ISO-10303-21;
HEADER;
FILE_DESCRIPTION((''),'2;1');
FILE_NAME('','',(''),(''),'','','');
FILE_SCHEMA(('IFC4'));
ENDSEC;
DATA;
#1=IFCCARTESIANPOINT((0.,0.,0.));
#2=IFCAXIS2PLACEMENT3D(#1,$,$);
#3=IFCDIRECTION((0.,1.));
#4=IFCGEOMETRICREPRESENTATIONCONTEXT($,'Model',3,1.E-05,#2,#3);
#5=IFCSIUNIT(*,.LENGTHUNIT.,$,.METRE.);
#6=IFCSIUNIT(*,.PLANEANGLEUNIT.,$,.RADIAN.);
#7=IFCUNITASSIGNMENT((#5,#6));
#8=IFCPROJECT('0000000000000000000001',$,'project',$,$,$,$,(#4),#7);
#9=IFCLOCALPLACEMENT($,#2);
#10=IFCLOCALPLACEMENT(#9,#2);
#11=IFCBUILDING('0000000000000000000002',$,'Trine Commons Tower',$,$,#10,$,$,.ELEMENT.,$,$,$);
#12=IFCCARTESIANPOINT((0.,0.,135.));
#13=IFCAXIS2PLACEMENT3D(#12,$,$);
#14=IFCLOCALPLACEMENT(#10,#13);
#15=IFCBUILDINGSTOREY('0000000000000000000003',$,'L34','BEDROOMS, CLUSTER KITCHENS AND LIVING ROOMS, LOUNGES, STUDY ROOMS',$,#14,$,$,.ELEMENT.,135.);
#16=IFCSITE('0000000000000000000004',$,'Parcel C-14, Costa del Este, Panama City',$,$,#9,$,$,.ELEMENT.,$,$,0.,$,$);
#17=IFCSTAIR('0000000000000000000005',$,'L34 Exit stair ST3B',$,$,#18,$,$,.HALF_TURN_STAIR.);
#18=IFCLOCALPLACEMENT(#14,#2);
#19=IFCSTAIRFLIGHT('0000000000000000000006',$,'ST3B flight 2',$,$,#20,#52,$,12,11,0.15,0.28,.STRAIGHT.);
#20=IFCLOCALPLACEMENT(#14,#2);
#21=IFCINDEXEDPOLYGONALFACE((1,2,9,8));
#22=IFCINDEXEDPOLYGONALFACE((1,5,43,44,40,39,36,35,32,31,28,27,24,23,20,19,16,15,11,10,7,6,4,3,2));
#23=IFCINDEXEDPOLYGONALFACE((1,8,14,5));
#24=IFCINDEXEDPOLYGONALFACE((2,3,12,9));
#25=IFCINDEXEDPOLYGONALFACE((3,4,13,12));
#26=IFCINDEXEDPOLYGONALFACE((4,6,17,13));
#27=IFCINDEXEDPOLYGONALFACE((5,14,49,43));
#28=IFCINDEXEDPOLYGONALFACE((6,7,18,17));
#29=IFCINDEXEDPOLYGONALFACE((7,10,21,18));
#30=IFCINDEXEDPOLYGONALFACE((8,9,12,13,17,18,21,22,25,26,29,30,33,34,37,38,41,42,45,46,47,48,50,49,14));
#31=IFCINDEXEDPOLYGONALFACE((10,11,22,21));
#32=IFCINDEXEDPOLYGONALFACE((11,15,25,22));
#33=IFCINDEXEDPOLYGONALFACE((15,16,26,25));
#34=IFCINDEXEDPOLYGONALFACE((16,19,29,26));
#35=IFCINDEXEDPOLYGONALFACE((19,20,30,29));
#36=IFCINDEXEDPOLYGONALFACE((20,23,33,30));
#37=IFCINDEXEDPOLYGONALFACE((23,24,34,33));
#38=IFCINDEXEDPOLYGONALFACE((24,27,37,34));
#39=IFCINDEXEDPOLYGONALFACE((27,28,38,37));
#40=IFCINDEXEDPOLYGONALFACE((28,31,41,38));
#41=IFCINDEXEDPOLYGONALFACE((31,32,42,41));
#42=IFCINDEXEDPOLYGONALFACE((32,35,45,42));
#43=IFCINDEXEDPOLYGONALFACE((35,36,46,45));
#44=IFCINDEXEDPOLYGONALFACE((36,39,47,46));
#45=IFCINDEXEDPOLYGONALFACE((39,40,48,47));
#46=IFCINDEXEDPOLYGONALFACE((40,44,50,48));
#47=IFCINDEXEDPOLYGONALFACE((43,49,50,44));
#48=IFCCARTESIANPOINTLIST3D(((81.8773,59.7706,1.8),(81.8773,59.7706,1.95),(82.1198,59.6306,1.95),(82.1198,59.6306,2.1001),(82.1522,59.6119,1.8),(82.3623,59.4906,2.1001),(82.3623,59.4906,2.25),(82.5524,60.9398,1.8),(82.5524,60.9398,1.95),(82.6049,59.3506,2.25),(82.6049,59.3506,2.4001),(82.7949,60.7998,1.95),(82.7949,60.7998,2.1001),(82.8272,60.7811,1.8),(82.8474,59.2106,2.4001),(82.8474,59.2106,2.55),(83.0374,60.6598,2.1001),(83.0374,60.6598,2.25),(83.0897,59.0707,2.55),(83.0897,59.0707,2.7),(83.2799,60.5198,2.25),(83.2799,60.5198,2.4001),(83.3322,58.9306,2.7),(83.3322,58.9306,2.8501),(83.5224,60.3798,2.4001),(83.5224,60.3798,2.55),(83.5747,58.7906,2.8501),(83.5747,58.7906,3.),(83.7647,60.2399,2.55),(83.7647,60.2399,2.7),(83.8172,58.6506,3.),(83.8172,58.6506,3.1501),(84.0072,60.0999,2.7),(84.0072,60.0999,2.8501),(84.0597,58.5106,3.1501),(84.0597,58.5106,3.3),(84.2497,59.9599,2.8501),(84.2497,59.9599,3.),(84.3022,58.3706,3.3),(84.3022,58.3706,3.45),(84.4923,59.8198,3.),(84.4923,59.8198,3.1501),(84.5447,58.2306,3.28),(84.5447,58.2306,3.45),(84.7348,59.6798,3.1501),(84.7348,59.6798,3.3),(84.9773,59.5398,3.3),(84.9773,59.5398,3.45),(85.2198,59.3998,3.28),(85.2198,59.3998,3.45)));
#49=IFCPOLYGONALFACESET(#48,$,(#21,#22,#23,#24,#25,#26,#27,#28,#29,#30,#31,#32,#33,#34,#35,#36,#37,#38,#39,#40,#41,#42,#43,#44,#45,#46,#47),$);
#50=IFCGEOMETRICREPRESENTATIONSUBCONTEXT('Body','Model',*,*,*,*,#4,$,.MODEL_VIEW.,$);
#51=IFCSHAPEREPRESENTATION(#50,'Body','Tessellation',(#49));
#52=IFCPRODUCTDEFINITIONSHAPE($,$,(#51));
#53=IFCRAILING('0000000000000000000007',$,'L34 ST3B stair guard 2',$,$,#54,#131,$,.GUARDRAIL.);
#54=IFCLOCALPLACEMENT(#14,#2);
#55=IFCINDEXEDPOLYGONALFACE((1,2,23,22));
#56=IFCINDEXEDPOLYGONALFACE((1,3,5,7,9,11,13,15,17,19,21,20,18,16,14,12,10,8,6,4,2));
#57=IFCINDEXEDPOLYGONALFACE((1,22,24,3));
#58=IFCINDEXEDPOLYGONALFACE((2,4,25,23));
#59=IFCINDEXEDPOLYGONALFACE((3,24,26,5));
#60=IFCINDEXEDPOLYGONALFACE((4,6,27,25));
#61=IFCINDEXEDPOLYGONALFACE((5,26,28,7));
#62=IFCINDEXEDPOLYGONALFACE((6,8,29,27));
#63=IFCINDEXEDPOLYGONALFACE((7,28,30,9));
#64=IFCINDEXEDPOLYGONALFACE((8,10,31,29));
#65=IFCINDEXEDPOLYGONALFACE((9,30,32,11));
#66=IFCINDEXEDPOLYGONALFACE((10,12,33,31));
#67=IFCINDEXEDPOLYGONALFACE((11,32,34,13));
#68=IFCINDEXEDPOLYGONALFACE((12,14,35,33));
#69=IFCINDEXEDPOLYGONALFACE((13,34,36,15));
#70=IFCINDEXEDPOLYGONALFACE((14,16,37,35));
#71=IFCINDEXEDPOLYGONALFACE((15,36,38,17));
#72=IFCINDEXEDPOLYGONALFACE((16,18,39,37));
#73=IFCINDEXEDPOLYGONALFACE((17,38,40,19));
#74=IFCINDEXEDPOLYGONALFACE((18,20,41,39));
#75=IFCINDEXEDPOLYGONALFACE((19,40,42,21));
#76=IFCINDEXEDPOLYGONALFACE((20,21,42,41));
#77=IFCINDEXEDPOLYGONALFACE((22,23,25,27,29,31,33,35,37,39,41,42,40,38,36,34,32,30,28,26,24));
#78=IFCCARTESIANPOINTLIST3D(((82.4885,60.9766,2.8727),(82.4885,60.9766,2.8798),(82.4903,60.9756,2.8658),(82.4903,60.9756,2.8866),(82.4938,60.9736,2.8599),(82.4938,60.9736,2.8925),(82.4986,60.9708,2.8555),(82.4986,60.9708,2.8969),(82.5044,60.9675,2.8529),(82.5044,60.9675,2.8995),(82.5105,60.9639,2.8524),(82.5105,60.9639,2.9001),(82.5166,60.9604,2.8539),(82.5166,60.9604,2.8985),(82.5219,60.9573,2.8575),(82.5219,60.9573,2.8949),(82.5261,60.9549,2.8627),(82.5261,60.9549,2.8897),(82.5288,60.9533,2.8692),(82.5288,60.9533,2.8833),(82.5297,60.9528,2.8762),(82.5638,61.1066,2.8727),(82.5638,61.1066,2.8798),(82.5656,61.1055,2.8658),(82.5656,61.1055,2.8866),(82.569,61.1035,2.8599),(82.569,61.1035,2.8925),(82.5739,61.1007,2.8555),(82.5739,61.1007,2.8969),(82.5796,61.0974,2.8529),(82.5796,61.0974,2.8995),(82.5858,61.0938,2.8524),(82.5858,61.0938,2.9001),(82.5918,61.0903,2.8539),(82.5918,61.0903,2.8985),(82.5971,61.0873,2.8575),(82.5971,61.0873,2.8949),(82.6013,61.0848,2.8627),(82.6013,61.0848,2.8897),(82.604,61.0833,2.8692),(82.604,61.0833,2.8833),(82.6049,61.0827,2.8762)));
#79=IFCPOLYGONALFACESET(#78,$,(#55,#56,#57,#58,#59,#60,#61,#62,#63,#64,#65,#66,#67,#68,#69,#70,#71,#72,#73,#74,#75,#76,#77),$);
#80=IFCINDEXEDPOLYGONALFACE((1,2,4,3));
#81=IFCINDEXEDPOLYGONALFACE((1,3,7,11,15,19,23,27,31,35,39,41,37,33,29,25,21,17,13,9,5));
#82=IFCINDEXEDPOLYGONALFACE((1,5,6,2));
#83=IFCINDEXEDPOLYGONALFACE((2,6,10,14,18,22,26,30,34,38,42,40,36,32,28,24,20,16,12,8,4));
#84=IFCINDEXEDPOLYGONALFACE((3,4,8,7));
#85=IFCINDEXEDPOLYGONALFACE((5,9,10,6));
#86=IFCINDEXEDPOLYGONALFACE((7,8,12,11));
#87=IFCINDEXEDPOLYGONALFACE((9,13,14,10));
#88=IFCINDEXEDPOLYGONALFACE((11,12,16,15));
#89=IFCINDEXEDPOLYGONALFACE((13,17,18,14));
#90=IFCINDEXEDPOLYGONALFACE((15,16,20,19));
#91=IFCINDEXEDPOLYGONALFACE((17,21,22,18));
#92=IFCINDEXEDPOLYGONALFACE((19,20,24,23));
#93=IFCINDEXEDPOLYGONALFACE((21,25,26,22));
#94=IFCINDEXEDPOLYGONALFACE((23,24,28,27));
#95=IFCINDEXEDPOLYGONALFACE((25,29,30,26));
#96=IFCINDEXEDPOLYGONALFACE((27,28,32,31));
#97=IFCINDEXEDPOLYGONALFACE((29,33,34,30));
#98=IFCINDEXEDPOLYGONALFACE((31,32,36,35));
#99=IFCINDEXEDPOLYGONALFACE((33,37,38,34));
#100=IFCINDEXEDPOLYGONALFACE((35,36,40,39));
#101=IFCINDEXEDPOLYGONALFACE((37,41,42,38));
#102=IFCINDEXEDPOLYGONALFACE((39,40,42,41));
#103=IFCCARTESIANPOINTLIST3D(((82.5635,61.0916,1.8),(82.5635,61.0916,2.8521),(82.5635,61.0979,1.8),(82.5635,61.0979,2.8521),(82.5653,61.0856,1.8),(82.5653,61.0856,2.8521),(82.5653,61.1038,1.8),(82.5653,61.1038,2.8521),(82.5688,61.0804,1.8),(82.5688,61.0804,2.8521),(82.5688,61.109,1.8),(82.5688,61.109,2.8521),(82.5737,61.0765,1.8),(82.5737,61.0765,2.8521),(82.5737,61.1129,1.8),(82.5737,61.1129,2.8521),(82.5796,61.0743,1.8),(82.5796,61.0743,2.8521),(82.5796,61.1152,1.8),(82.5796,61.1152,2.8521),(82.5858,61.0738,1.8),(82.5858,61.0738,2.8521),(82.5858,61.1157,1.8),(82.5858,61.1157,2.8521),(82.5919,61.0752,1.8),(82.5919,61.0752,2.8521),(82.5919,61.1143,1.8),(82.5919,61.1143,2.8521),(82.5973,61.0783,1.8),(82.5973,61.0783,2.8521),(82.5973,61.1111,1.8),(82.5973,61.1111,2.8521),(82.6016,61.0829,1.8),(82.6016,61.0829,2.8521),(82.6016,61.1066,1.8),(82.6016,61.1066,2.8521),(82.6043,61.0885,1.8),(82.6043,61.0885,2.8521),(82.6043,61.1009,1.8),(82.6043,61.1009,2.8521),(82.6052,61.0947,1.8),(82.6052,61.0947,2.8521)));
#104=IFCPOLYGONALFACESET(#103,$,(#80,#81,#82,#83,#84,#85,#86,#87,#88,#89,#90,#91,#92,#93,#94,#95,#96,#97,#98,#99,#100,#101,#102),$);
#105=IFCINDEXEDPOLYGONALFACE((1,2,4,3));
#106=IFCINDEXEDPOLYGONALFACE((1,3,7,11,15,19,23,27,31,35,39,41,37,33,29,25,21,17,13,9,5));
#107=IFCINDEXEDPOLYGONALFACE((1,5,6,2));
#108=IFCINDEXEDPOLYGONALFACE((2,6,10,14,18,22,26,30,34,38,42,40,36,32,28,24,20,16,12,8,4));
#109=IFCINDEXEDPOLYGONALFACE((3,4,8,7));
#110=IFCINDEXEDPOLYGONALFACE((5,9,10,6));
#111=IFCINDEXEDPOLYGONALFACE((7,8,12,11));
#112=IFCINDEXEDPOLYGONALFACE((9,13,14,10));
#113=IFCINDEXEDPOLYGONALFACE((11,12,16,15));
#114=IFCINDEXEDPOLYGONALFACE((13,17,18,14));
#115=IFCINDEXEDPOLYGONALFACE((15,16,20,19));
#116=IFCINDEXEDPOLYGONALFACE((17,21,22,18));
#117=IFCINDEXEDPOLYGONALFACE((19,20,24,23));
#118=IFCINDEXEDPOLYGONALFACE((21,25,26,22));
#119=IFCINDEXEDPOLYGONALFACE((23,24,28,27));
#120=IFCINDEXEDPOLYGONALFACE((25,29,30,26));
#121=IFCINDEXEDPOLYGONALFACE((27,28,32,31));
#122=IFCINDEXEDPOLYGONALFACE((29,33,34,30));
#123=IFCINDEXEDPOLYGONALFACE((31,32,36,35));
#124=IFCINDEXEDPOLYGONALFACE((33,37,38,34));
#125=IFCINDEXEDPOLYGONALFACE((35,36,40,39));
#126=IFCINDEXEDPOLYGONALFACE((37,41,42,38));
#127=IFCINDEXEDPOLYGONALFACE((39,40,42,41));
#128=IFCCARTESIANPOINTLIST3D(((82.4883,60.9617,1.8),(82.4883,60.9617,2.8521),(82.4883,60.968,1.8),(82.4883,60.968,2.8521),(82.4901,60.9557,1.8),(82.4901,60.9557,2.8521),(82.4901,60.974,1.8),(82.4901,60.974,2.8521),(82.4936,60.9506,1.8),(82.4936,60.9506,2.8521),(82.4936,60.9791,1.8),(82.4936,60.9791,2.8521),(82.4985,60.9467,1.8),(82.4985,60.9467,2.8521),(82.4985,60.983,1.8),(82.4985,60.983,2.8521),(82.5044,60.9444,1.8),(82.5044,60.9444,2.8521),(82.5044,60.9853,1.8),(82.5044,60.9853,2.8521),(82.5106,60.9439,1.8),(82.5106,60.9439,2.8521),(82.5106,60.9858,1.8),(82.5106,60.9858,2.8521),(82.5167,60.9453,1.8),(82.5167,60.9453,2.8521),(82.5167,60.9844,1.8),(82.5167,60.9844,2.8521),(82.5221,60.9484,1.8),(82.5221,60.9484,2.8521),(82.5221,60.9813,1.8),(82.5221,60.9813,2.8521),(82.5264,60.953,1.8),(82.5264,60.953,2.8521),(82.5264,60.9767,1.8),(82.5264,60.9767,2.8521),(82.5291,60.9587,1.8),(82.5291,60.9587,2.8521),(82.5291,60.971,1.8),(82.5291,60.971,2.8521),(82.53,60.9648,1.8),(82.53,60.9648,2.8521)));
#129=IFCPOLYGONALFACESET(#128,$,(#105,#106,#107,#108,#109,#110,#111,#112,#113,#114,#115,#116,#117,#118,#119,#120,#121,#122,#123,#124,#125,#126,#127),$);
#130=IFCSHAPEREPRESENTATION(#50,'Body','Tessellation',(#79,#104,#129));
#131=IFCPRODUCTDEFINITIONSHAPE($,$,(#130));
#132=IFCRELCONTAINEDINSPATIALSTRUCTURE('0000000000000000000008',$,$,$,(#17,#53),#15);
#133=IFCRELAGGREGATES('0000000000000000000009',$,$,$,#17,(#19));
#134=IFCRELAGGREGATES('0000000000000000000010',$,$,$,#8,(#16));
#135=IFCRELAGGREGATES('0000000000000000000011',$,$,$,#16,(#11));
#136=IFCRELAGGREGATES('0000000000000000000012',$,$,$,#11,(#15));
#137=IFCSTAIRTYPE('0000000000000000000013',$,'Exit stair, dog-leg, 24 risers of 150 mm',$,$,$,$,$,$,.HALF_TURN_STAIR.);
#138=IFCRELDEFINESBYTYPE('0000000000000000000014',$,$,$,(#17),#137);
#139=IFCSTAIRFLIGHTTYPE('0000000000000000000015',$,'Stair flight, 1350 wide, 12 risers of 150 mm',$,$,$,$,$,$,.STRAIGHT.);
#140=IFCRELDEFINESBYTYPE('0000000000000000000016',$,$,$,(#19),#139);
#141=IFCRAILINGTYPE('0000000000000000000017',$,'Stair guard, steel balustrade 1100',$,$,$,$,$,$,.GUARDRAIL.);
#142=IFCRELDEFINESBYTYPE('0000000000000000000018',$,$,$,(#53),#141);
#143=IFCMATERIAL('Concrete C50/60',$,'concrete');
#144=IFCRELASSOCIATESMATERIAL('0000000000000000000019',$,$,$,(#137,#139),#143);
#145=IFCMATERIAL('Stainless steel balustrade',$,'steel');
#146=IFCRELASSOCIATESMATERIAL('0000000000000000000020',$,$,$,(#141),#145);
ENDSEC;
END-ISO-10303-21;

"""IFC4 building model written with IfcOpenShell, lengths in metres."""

from ifc_helpers import new_model, si_unit, direction, frame, origin, origin_2d, place, context, subcontext, project, spatial, polyline, circle, outline, extrude, material, type_object, element, aggregate, save


model = new_model("IFC4")

# Units and contexts
model_context = context("Model", 3, precision=1e-05, world=origin(), true_north=direction((0.0, 1.0)))
body_context = subcontext(model_context, "Body", "Model", "MODEL_VIEW")
ifc_project = project(units=[si_unit("LENGTHUNIT", "METRE"), si_unit("PLANEANGLEUNIT", "RADIAN")], contexts=[model_context])

# Site, building, storey
site_placement = place(None, origin())
site = spatial("IfcSite", under=ifc_project, at=site_placement, Name="Parcel C-14, Costa del Este, Panama City", CompositionType="ELEMENT", RefElevation=0.0)
building_placement = place(site_placement, origin())
building = spatial("IfcBuilding", under=site, at=building_placement, Name="Trine Commons Tower", CompositionType="ELEMENT")
storey_placement = place(building_placement, frame((0.0, 0.0, 135.0)))
storey = spatial("IfcBuildingStorey", under=building, at=storey_placement, Name="L34", Description="BEDROOMS, CLUSTER KITCHENS AND LIVING ROOMS, LOUNGES, STUDY ROOMS", CompositionType="ELEMENT", Elevation=135.0)

# Shared definitions
ifc_material_1 = material(Name="Concrete C50/60", Category="concrete")

# Stair, stair flight
stair_type = type_object("IfcStairType", Name="Exit stair, dog-leg, 24 risers of 150 mm", PredefinedType="HALF_TURN_STAIR", material=ifc_material_1)
stair_placement = place(storey_placement, origin())
stair = element("IfcStair", 1, at=stair_placement, inside=storey, type_object=stair_type, Name="L34 Exit stair ST3B", PredefinedType="HALF_TURN_STAIR")
stair_flight_type = type_object("IfcStairFlightType", Name="Stair flight, 1350 wide, 12 risers of 150 mm", PredefinedType="STRAIGHT", material=ifc_material_1)
stair_flight_placement = place(storey_placement, frame((82.2148, 60.3552, 1.8), z_axis=(0.0, 0.0, 1.0), x_axis=(0.866025, -0.5, 0.0)))
stair_flight = element("IfcStairFlight", 2, at=stair_flight_placement, type_object=stair_flight_type, Name="ST3B flight 2", NumberOfRisers=12, NumberOfTreads=11, PredefinedType="STRAIGHT", RiserHeight=0.15, TreadLength=0.28, context=body_context, shape_type="SweptSolid", body=[
    extrude(outline(polyline([(0.0, 0.0), (0.0, 0.1499), (0.28, 0.1499), (0.28, 0.3), (0.5601, 0.3), (0.5601, 0.45), (0.8401, 0.45), (0.8401, 0.6001), (1.1201, 0.6001), (1.1201, 0.75), (1.3999, 0.75), (1.3999, 0.8999), (1.6799, 0.8999), (1.6799, 1.05), (1.96, 1.05), (1.96, 1.2), (2.24, 1.2), (2.24, 1.3501), (2.52, 1.3501), (2.52, 1.5), (2.8, 1.5), (2.8, 1.6499), (3.0801, 1.6499), (3.0801, 1.8), (3.0801, 1.48), (0.3174, 0.0), (0.0, 0.0)])), frame((0.0, 0.675, 0.0), z_axis=(0.0, -1.0, 0.0), x_axis=(1.0, 0.0, 0.0)), (0.0, 0.0, 1.0), 1.3501),
])
aggregate(stair, [stair_flight])

# Railing
ifc_material_2 = material(Name="Stainless steel balustrade", Category="steel")
railing_type_1 = type_object("IfcRailingType", Name="Stair guard, steel balustrade 1100", PredefinedType="GUARDRAIL", material=ifc_material_2)
railing_1_placement = place(storey_placement, frame((82.5842, 61.0947, 1.8)))
element("IfcRailing", 3, at=railing_1_placement, inside=storey, type_object=railing_type_1, Name="L34 ST3B stair guard 2", PredefinedType="GUARDRAIL", context=body_context, shape_type="SweptSolid", body=[
    extrude(circle(Radius=0.0239, at=origin_2d()), frame((0.0, 0.0, 1.0762), z_axis=(-0.501036, -0.865426, 0.0), x_axis=(0.865426, -0.501036, 0.0)), (0.0, 0.0, 1.0), 0.1501),
    extrude(circle(Radius=0.021, at=origin_2d()), origin(), (0.0, 0.0, 1.0), 1.052),
    extrude(circle(Radius=0.021, at=origin_2d()), frame((-0.0752, -0.1299, 0.0)), (0.0, 0.0, 1.0), 1.052),
])

save(model, "model.ifc")
